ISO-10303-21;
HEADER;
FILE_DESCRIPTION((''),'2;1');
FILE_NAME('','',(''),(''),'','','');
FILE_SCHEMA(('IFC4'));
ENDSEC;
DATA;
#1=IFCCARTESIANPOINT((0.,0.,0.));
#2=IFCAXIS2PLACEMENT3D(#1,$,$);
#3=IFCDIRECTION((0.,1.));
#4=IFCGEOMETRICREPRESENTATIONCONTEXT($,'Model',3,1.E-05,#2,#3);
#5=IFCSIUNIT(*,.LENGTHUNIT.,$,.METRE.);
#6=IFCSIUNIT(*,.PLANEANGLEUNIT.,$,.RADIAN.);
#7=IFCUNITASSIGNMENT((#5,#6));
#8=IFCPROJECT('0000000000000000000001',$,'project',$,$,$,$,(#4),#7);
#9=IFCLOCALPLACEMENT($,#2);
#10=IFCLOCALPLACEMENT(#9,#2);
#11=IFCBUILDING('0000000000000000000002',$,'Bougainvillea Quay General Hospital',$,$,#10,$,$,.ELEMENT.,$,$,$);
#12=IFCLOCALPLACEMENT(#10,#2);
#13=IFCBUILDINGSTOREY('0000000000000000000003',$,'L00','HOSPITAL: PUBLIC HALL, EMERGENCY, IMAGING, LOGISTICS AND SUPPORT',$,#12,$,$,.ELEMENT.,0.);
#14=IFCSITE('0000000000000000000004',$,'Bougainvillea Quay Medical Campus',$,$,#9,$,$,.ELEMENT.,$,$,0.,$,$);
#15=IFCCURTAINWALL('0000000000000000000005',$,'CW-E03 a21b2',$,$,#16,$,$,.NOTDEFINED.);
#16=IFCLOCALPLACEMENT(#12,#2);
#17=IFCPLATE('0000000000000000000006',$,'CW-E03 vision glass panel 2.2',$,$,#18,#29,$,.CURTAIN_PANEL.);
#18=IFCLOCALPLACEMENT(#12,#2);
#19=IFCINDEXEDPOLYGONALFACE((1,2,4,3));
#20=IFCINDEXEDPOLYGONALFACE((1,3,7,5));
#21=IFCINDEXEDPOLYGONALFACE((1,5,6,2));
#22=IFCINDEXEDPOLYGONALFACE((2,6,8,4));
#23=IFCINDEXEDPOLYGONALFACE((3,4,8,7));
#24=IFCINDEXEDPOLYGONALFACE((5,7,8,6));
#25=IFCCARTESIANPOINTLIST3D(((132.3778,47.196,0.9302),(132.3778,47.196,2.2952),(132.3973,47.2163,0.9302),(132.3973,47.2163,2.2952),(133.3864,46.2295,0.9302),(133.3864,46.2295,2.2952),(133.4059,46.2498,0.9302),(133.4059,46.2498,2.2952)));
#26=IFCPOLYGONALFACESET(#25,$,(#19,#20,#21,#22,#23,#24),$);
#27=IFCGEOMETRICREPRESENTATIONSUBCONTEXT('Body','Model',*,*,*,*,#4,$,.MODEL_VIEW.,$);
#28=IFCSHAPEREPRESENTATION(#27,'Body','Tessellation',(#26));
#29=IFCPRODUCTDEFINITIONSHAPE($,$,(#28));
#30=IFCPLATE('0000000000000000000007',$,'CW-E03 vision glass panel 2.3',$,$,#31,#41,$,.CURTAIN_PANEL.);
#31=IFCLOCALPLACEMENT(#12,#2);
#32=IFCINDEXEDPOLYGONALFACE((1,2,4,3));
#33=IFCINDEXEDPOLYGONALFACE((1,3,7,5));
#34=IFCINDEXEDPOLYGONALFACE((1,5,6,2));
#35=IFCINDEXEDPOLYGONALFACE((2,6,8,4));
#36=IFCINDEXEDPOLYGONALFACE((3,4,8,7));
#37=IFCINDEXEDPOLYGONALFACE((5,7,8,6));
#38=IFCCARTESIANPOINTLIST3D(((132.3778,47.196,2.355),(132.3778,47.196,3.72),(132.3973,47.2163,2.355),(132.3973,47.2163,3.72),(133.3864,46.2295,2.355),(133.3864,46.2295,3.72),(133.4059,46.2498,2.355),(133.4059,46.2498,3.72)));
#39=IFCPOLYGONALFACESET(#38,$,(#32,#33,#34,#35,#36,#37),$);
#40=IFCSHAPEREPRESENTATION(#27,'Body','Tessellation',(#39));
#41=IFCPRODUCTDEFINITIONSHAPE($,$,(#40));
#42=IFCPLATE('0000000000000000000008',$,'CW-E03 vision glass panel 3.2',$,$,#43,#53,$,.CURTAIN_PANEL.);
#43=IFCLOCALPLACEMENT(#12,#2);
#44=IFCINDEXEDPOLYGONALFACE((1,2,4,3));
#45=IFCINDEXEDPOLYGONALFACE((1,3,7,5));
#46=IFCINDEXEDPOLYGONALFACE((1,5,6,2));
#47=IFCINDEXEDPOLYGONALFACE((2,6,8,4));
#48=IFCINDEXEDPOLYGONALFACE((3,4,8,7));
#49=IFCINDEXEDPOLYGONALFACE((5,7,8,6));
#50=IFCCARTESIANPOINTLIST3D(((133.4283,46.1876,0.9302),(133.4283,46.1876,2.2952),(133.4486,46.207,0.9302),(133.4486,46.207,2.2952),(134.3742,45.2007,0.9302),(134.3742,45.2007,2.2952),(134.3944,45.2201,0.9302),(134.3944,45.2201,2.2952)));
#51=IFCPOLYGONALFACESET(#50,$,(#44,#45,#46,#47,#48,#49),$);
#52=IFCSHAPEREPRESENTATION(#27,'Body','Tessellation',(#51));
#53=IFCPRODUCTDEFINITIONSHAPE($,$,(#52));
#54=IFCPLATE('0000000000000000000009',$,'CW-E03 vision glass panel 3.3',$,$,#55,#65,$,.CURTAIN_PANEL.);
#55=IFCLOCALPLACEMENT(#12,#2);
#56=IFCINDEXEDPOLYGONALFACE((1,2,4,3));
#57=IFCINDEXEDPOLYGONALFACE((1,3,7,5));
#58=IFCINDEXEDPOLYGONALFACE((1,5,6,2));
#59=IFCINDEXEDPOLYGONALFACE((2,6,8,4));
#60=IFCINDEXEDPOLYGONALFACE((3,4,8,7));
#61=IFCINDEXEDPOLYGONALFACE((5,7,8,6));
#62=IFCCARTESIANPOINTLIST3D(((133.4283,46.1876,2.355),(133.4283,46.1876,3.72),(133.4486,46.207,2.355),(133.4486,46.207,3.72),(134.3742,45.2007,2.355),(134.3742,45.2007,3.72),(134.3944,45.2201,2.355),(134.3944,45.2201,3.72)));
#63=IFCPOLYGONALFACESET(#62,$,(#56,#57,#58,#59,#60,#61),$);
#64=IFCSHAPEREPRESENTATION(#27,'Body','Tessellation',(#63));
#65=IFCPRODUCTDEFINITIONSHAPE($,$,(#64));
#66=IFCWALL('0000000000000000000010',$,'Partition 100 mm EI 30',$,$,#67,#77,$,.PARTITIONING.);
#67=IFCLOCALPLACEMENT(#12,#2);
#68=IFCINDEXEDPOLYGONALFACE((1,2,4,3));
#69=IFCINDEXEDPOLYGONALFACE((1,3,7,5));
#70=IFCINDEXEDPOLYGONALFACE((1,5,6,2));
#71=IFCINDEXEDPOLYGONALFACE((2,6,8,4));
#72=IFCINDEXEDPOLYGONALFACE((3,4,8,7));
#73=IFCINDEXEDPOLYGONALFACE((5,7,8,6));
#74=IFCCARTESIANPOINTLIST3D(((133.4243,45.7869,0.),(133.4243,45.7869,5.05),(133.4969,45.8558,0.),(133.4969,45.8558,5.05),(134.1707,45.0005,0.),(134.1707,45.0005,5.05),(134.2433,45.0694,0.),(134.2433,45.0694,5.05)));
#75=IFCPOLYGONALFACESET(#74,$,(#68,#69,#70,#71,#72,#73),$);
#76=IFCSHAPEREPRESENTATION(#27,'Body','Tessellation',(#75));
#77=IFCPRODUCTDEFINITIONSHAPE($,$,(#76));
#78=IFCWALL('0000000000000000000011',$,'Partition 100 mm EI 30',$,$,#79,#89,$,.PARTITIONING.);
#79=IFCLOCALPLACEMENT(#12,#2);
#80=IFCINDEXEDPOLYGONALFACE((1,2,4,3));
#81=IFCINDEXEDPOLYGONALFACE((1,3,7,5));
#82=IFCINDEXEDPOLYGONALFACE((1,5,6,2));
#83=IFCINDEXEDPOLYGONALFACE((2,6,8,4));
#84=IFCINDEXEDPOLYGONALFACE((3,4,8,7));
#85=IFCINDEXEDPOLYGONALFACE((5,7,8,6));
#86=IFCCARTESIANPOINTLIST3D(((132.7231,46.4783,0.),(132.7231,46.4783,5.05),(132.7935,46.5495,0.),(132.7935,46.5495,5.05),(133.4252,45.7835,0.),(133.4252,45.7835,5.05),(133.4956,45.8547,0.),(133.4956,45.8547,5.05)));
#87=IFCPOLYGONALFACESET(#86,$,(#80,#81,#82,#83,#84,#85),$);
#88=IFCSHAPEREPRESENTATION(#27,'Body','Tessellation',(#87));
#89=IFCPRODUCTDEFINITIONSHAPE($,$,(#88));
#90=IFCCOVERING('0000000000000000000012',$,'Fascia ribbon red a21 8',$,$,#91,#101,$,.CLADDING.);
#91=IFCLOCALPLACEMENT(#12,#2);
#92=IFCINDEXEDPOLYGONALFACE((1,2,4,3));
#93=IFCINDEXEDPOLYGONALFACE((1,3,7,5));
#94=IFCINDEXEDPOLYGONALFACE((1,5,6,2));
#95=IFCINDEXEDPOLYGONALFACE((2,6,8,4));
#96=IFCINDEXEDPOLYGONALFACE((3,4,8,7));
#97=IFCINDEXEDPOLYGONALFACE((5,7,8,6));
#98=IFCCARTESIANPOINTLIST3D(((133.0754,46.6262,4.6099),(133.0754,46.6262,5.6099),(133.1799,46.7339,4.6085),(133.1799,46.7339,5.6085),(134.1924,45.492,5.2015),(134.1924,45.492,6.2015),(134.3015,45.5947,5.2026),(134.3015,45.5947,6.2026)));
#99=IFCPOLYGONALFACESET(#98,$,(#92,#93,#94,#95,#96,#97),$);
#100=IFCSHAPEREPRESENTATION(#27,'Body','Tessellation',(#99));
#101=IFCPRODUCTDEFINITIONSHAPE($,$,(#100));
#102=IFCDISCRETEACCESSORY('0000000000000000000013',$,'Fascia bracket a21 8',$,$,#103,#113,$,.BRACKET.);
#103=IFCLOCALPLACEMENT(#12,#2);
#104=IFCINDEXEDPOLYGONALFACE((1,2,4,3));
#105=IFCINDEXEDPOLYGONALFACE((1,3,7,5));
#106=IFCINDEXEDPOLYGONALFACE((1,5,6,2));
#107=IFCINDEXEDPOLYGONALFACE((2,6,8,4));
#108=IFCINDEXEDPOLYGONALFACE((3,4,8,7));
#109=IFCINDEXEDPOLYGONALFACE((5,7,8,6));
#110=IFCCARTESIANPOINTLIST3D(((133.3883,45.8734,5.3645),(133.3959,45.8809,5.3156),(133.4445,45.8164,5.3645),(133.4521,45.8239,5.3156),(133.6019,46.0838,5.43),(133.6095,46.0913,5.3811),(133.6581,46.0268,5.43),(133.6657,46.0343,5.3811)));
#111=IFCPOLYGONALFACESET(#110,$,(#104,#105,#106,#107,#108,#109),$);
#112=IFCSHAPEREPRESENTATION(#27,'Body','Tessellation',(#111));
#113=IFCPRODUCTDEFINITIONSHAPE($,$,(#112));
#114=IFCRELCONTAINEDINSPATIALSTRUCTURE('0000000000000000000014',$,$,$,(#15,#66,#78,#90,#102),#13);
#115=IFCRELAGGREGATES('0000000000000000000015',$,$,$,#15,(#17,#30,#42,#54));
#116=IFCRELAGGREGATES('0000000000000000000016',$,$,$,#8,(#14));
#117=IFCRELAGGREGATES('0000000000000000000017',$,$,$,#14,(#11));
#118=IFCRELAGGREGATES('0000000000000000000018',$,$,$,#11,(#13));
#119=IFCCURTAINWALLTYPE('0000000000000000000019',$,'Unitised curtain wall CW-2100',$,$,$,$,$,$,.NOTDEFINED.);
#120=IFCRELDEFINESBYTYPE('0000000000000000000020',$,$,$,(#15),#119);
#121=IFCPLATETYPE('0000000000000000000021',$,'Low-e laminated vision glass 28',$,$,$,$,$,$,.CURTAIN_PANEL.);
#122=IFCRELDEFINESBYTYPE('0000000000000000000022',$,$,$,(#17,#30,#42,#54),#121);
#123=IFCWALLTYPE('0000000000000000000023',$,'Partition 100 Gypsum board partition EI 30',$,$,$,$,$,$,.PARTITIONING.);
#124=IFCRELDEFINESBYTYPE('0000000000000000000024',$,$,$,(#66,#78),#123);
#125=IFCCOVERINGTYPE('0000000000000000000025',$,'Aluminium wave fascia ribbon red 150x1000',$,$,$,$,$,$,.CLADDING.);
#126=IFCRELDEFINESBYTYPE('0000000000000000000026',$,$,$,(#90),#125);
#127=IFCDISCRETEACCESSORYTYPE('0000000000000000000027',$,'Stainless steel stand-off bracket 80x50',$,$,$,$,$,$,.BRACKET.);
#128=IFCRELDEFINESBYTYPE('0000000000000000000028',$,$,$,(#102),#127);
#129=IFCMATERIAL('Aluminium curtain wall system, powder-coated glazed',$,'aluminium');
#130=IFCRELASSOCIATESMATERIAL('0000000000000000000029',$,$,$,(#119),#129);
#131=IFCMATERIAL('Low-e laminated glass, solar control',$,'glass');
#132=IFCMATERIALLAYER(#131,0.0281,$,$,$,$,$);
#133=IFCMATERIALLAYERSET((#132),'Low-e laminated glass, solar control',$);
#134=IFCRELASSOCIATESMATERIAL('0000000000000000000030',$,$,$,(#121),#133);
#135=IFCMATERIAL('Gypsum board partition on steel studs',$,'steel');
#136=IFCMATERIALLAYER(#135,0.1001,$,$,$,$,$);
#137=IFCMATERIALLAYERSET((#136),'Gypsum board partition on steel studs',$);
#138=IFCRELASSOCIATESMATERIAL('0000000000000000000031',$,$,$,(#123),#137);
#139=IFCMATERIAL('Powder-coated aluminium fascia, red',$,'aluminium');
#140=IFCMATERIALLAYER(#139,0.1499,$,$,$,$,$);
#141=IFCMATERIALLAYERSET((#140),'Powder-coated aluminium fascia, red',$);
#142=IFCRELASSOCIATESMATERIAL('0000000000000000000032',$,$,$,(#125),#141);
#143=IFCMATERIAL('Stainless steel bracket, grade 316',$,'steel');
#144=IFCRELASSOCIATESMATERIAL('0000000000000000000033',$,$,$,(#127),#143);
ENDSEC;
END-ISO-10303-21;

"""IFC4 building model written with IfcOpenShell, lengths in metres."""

from ifc_helpers import new_model, si_unit, direction, frame, frame_2d, origin, origin_2d, place, context, subcontext, project, spatial, polyline, rectangle, outline, extrude, material, layer, layer_set, material_profile, profile_set, type_object, element, aggregate, save


model = new_model("IFC4")

# Units and contexts
model_context = context("Model", 3, precision=1e-05, world=origin(), true_north=direction((0.0, 1.0)))
body_context = subcontext(model_context, "Body", "Model", "MODEL_VIEW")
ifc_project = project(units=[si_unit("LENGTHUNIT", "METRE"), si_unit("PLANEANGLEUNIT", "RADIAN")], contexts=[model_context])

# Site, building, storey
site_placement = place(None, origin())
site = spatial("IfcSite", under=ifc_project, at=site_placement, Name="Bougainvillea Quay Medical Campus", CompositionType="ELEMENT", RefElevation=0.0)
building_placement = place(site_placement, origin())
building = spatial("IfcBuilding", under=site, at=building_placement, Name="Bougainvillea Quay General Hospital", CompositionType="ELEMENT")
storey_placement = place(building_placement, origin())
storey = spatial("IfcBuildingStorey", under=building, at=storey_placement, Name="L00", Description="HOSPITAL: PUBLIC HALL, EMERGENCY, IMAGING, LOGISTICS AND SUPPORT", CompositionType="ELEMENT", Elevation=0.0)

# Curtain wall, plates
ifc_material_1 = material(Name="Aluminium curtain wall system, powder-coated glazed", Category="aluminium")
curtain_wall_type = type_object("IfcCurtainWallType", Name="Unitised curtain wall CW-2100", PredefinedType="NOTDEFINED", material=ifc_material_1)
curtain_wall_placement = place(storey_placement, origin())
curtain_wall = element("IfcCurtainWall", 1, at=curtain_wall_placement, inside=storey, type_object=curtain_wall_type, Name="CW-E03 a21b2", PredefinedType="NOTDEFINED")
ifc_material_2 = material(Name="Low-e laminated glass, solar control", Category="glass")
ifc_layer_1 = layer(ifc_material_2, 0.0281)
ifc_layer_set_1 = layer_set([ifc_layer_1], Name="Low-e laminated glass, solar control")
plate_type_1 = type_object("IfcPlateType", Name="Low-e laminated vision glass 28", PredefinedType="CURTAIN_PANEL", material=ifc_layer_set_1)
plate_1_placement = place(storey_placement, frame((132.8918, 46.7229, 0.9302), z_axis=(0.0, 0.0, 1.0), x_axis=(0.722002, -0.691891, 0.0)))
plate_1 = element("IfcPlate", 2, at=plate_1_placement, type_object=plate_type_1, Name="CW-E03 vision glass panel 2.2", PredefinedType="CURTAIN_PANEL", context=body_context, shape_type="SweptSolid", body=[
    extrude(rectangle(XDim=1.397, YDim=0.0281, at=origin_2d()), origin(), (0.0, 0.0, 1.0), 1.365),
])
plate_2_placement = place(storey_placement, frame((132.8918, 46.7229, 2.355), z_axis=(0.0, 0.0, 1.0), x_axis=(0.722002, -0.691891, 0.0)))
plate_2 = element("IfcPlate", 3, at=plate_2_placement, type_object=plate_type_1, Name="CW-E03 vision glass panel 2.3", PredefinedType="CURTAIN_PANEL", context=body_context, shape_type="SweptSolid", body=[
    extrude(rectangle(XDim=1.397, YDim=0.0281, at=origin_2d()), origin(), (0.0, 0.0, 1.0), 1.365),
])
plate_3_placement = place(storey_placement, frame((133.9114, 45.7039, 0.9302), z_axis=(0.0, 0.0, 1.0), x_axis=(0.691925, -0.72197, 0.0)))
plate_3 = element("IfcPlate", 4, at=plate_3_placement, type_object=plate_type_1, Name="CW-E03 vision glass panel 3.2", PredefinedType="CURTAIN_PANEL", context=body_context, shape_type="SweptSolid", body=[
    extrude(rectangle(XDim=1.3669, YDim=0.0281, at=origin_2d()), origin(), (0.0, 0.0, 1.0), 1.365),
])
plate_4_placement = place(storey_placement, frame((133.9114, 45.7039, 2.355), z_axis=(0.0, 0.0, 1.0), x_axis=(0.691925, -0.72197, 0.0)))
plate_4 = element("IfcPlate", 5, at=plate_4_placement, type_object=plate_type_1, Name="CW-E03 vision glass panel 3.3", PredefinedType="CURTAIN_PANEL", context=body_context, shape_type="SweptSolid", body=[
    extrude(rectangle(XDim=1.3669, YDim=0.0281, at=origin_2d()), origin(), (0.0, 0.0, 1.0), 1.365),
])
aggregate(curtain_wall, [plate_1, plate_2, plate_3, plate_4])

# Walls
ifc_material_3 = material(Name="Gypsum board partition on steel studs", Category="steel")
ifc_layer_2 = layer(ifc_material_3, 0.1001)
ifc_layer_set_2 = layer_set([ifc_layer_2], Name="Gypsum board partition on steel studs")
wall_type = type_object("IfcWallType", Name="Partition 100 Gypsum board partition EI 30", PredefinedType="PARTITIONING", material=ifc_layer_set_2)
wall_1_placement = place(storey_placement, frame((133.4607, 45.8213, 0.0), z_axis=(0.0, 0.0, 1.0), x_axis=(0.6884, -0.725331, 0.0)))
element("IfcWall", 6, at=wall_1_placement, inside=storey, type_object=wall_type, Name="Partition 100 mm EI 30", PredefinedType="PARTITIONING", context=body_context, shape_type="SweptSolid", body=[
    extrude(rectangle(XDim=1.0842, YDim=0.1001, at=frame_2d((0.542, 0.0))), origin(), (0.0, 0.0, 1.0), 5.05),
])
wall_2_placement = place(storey_placement, frame((132.7583, 46.5139, 0.0), z_axis=(0.0, 0.0, 1.0), x_axis=(0.710804, -0.70339, 0.0)))
element("IfcWall", 7, at=wall_2_placement, inside=storey, type_object=wall_type, Name="Partition 100 mm EI 30", PredefinedType="PARTITIONING", context=body_context, shape_type="SweptSolid", body=[
    extrude(rectangle(XDim=0.9878, YDim=0.1001, at=frame_2d((0.4939, 0.0))), origin(), (0.0, 0.0, 1.0), 5.05),
])

# Covering
ifc_material_4 = material(Name="Powder-coated aluminium fascia, red", Category="aluminium")
ifc_layer_3 = layer(ifc_material_4, 0.1499)
ifc_layer_set_3 = layer_set([ifc_layer_3], Name="Powder-coated aluminium fascia, red")
covering_type = type_object("IfcCoveringType", Name="Aluminium wave fascia ribbon red 150x1000", PredefinedType="CLADDING", material=ifc_layer_set_3)
covering_placement = place(storey_placement, frame((133.0754, 46.6262, 4.6099), z_axis=(-0.243945, 0.248711, 0.937355), x_axis=(0.657687, -0.667894, 0.348376)))
element("IfcCovering", 8, at=covering_placement, inside=storey, type_object=covering_type, Name="Fascia ribbon red a21 8", PredefinedType="CLADDING", context=body_context, shape_type="SweptSolid", body=[
    extrude(outline(polyline([(0.0, 0.0), (1.6983, 0.0), (1.7018, 0.1499), (-0.0037, 0.15), (0.0, 0.0)])), origin(), (0.348376, -0.000645, 0.937355), 1.0),
])

# Discrete accessory
ifc_material_5 = material(Name="Stainless steel bracket, grade 316", Category="steel")
ifc_material_profile_1 = material_profile(ifc_material_5, rectangle(XDim=0.0801, YDim=0.05, at=origin_2d()))
ifc_profile_set_1 = profile_set([ifc_material_profile_1], Name="Stainless steel bracket, grade 316")
discrete_accessory_type = type_object("IfcDiscreteAccessoryType", Name="Stainless steel stand-off bracket 80x50", PredefinedType="BRACKET", material=ifc_profile_set_1)
discrete_accessory_placement = place(storey_placement, frame((133.4202, 45.8486, 5.3401), z_axis=(0.696004, 0.685663, 0.213176), x_axis=(-0.701795, 0.712379, 0.0)))
element("IfcDiscreteAccessory", 9, at=discrete_accessory_placement, inside=storey, type_object=discrete_accessory_type, Name="Fascia bracket a21 8", PredefinedType="BRACKET", context=body_context, shape_type="SweptSolid", body=[
    extrude(rectangle(XDim=0.0801, YDim=0.05, at=origin_2d()), origin(), (0.0, 0.0, 1.0), 0.3069),
])

save(model, "model.ifc")
